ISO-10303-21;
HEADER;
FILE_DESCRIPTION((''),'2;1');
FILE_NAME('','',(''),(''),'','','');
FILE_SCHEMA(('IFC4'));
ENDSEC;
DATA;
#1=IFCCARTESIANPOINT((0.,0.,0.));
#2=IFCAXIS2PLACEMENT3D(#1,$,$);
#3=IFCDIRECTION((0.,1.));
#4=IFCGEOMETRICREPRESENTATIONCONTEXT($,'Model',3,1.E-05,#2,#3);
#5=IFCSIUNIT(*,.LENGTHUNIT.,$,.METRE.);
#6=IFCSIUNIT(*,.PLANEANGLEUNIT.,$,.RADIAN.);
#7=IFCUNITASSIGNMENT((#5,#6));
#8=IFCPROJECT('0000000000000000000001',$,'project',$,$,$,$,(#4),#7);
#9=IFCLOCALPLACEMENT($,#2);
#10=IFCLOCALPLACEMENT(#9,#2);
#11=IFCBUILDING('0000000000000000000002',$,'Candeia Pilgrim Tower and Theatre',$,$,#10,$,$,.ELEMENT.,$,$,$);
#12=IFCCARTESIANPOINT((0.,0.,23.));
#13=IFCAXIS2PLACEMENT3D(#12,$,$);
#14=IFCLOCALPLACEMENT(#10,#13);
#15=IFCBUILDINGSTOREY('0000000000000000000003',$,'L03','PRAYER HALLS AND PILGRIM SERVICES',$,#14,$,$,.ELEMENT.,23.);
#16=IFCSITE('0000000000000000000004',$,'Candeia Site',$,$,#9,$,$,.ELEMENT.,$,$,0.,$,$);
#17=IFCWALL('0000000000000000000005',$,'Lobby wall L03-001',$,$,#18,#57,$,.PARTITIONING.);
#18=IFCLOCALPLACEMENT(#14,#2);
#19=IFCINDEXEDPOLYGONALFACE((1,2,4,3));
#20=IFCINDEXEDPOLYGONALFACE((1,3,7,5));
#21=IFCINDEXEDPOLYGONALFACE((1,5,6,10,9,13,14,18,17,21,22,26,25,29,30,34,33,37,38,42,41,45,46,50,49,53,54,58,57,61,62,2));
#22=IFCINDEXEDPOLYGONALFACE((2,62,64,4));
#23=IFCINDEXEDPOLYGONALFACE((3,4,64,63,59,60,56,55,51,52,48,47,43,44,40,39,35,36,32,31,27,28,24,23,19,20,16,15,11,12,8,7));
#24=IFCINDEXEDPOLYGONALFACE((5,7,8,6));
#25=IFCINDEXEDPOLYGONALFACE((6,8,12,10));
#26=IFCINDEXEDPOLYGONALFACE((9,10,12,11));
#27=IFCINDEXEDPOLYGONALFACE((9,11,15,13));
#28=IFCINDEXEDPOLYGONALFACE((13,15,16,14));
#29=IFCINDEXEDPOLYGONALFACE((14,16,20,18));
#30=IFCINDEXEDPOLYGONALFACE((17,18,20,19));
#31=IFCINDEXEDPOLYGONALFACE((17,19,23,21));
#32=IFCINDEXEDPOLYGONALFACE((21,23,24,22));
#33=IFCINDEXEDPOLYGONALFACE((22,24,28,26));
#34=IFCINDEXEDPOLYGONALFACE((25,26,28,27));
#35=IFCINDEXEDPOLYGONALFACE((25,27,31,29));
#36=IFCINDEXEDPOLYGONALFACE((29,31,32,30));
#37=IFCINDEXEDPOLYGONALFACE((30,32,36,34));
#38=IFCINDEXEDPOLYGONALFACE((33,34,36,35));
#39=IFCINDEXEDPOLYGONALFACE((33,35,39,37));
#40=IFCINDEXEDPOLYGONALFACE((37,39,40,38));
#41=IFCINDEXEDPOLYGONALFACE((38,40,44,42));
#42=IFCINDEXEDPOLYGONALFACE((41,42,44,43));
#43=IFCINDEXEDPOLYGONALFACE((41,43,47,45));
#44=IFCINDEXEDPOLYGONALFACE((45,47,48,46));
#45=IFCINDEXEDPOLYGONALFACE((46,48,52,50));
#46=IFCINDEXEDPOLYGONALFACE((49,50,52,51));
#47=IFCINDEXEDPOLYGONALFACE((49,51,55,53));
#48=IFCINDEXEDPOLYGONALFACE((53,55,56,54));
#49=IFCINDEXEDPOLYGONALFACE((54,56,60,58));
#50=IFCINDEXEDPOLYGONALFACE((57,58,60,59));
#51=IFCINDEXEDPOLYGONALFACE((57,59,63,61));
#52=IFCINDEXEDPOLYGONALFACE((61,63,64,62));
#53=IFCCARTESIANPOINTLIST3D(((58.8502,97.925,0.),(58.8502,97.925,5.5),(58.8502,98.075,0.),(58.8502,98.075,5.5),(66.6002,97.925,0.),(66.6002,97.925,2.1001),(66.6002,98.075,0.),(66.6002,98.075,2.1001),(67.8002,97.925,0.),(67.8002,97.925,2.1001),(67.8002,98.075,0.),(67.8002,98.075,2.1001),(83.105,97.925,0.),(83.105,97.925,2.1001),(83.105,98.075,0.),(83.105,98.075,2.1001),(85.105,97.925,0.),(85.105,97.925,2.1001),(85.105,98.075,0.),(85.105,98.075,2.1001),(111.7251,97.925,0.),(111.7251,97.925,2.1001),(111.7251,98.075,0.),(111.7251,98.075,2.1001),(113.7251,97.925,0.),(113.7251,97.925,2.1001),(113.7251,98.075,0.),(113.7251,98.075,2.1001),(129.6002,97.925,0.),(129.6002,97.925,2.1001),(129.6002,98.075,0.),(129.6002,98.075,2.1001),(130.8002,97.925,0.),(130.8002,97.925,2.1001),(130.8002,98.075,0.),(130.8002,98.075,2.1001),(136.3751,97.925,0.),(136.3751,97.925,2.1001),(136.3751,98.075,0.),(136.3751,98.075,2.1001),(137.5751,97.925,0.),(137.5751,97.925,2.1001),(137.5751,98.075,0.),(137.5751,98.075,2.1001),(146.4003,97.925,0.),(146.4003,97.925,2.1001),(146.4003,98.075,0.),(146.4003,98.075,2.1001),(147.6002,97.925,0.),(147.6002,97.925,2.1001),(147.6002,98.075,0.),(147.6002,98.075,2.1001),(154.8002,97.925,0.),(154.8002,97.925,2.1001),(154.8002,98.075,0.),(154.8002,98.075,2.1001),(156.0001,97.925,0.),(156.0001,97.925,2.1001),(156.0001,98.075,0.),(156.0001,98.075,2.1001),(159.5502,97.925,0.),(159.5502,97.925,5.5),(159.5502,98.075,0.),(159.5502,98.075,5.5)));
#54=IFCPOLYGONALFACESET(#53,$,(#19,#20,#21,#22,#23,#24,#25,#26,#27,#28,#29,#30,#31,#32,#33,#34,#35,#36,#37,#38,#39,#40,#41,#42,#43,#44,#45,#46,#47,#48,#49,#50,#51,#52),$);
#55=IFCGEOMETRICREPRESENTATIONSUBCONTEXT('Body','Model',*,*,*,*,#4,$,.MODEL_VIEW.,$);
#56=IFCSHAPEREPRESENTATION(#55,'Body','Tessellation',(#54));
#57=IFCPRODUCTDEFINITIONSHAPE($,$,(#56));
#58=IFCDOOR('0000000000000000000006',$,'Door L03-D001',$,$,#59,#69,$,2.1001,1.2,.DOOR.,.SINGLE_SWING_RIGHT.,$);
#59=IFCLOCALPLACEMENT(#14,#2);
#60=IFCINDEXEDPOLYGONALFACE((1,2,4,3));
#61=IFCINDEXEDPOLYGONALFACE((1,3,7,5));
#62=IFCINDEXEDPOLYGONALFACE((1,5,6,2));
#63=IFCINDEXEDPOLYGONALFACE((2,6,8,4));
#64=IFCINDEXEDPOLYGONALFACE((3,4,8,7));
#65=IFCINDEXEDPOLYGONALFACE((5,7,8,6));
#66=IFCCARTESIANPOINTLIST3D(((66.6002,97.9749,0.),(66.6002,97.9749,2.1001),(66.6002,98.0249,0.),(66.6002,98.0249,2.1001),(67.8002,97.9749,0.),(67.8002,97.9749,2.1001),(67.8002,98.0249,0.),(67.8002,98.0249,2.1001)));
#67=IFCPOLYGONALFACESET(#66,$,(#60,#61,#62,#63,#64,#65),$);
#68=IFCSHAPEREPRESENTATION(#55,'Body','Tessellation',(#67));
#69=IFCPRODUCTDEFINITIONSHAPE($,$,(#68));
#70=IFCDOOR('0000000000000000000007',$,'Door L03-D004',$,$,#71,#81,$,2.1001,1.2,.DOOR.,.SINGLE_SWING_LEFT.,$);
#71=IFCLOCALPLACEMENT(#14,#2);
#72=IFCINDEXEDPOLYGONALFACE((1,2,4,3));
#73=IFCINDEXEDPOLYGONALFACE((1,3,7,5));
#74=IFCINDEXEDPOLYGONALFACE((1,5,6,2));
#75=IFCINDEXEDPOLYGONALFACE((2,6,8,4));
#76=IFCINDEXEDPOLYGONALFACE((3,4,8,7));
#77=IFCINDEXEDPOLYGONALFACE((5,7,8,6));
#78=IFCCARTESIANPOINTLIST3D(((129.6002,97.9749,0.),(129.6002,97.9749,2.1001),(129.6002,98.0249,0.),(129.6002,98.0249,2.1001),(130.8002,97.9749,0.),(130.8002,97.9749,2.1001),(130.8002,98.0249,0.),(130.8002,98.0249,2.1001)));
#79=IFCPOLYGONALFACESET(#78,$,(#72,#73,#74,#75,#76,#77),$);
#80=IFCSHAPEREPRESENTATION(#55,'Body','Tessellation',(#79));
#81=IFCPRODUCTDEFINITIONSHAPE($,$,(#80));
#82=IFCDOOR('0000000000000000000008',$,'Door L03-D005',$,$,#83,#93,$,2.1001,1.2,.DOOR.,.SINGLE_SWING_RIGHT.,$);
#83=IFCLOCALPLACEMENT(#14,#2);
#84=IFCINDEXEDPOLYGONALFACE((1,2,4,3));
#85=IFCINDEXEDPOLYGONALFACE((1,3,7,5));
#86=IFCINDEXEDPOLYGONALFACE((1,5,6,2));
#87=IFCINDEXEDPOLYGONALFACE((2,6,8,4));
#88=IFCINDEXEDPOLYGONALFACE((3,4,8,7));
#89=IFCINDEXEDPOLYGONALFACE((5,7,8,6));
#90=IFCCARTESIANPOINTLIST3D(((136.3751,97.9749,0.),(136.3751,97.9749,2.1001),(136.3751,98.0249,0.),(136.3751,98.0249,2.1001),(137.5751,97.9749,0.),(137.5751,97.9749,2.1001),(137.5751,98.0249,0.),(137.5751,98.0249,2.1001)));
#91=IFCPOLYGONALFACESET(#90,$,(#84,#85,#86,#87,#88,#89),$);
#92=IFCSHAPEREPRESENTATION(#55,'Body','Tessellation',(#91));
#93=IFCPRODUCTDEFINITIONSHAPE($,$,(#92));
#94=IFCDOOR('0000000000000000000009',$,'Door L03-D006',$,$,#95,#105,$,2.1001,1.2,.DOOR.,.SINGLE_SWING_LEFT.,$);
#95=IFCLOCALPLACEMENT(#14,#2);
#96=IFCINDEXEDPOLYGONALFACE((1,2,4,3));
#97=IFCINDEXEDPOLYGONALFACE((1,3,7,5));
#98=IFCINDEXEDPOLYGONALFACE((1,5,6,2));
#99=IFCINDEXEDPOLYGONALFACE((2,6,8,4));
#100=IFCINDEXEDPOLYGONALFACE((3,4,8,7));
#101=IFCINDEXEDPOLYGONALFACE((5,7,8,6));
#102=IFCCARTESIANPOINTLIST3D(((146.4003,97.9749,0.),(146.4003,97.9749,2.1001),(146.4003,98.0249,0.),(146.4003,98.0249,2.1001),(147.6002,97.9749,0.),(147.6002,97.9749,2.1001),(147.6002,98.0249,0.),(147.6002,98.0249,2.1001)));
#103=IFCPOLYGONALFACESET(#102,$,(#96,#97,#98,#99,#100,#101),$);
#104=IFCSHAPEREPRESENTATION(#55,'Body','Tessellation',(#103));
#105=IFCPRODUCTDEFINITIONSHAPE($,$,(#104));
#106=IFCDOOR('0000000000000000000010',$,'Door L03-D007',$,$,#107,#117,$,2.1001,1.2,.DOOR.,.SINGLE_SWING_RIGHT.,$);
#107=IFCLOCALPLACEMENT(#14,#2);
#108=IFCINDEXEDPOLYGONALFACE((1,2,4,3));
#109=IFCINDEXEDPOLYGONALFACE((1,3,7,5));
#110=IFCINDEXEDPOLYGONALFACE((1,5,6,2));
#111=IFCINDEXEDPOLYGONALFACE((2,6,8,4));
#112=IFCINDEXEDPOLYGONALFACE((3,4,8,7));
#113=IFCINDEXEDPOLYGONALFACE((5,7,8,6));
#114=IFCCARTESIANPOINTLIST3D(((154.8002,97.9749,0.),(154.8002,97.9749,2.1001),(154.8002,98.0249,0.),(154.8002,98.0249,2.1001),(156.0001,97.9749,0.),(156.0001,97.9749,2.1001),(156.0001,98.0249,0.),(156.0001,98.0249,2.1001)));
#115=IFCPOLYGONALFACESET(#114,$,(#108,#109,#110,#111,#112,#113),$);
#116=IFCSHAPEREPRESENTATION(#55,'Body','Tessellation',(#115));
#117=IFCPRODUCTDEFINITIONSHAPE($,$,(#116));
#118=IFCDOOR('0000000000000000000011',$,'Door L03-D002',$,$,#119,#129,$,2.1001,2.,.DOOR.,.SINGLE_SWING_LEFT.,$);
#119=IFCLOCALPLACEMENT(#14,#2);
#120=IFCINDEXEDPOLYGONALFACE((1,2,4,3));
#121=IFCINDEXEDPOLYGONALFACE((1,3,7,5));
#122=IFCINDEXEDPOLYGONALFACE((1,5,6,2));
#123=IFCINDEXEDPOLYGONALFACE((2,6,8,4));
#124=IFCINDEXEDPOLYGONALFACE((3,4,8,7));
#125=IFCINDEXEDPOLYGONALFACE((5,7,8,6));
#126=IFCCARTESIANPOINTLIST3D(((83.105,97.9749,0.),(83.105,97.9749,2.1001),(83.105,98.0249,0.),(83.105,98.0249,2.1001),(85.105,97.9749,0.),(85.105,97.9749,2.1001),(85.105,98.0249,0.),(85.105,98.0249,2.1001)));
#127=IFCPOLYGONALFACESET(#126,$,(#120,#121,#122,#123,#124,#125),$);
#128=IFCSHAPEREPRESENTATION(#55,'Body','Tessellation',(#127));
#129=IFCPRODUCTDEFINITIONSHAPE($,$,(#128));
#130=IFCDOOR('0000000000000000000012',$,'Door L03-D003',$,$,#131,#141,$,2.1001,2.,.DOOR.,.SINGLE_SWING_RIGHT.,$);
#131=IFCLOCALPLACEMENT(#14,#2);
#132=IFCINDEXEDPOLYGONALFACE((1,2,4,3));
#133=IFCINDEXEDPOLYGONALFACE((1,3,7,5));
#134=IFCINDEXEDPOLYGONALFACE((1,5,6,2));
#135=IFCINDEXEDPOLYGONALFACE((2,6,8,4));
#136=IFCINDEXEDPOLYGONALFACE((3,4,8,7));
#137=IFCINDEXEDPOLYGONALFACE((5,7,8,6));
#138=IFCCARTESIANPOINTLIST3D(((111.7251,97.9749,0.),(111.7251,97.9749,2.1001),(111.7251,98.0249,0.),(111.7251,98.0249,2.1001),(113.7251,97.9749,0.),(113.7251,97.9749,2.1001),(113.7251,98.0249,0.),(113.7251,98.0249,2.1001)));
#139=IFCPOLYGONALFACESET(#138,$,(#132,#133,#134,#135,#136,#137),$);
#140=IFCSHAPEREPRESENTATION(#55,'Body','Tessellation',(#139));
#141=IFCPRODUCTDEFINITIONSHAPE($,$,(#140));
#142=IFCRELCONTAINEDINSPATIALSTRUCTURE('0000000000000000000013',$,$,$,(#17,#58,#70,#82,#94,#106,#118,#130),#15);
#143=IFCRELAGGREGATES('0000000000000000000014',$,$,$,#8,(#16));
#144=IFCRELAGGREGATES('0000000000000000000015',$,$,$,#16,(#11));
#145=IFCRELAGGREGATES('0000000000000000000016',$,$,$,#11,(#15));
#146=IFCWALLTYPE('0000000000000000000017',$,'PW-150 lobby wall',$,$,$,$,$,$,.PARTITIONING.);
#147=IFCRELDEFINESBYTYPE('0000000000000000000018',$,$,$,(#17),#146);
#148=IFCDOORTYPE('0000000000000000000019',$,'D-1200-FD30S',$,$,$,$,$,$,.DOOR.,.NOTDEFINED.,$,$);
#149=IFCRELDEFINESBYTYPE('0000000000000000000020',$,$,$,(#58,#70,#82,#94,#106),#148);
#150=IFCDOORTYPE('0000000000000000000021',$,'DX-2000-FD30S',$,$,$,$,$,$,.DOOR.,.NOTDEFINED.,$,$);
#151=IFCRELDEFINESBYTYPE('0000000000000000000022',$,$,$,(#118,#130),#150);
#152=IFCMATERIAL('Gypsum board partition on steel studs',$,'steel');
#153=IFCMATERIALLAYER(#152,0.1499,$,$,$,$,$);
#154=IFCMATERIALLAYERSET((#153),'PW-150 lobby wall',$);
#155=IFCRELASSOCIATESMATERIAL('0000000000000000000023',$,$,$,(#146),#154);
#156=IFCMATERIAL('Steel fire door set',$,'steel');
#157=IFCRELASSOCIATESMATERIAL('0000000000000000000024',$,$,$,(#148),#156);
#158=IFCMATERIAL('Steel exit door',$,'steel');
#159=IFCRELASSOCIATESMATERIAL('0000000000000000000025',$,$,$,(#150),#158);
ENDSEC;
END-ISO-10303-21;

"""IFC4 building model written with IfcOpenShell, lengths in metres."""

from ifc_helpers import new_model, si_unit, direction, frame, frame_2d, origin, place, context, subcontext, project, spatial, rectangle, extrude, material, layer, layer_set, type_object, element, fill, save


model = new_model("IFC4")

# Units and contexts
model_context = context("Model", 3, precision=1e-05, world=origin(), true_north=direction((0.0, 1.0)))
body_context = subcontext(model_context, "Body", "Model", "MODEL_VIEW")
ifc_project = project(units=[si_unit("LENGTHUNIT", "METRE"), si_unit("PLANEANGLEUNIT", "RADIAN")], contexts=[model_context])

# Site, building, storey
site_placement = place(None, origin())
site = spatial("IfcSite", under=ifc_project, at=site_placement, Name="Candeia Site", CompositionType="ELEMENT", RefElevation=0.0)
building_placement = place(site_placement, origin())
building = spatial("IfcBuilding", under=site, at=building_placement, Name="Candeia Pilgrim Tower and Theatre", CompositionType="ELEMENT")
storey_placement = place(building_placement, frame((0.0, 0.0, 23.0)))
storey = spatial("IfcBuildingStorey", under=building, at=storey_placement, Name="L03", Description="PRAYER HALLS AND PILGRIM SERVICES", CompositionType="ELEMENT", Elevation=23.0)

# Wall, openings, doors
ifc_material_1 = material(Name="Gypsum board partition on steel studs", Category="steel")
ifc_layer_1 = layer(ifc_material_1, 0.1499)
ifc_layer_set_1 = layer_set([ifc_layer_1], Name="PW-150 lobby wall")
wall_type_1 = type_object("IfcWallType", Name="PW-150 lobby wall", PredefinedType="PARTITIONING", material=ifc_layer_set_1)
wall_1_placement = place(storey_placement, frame((58.8501, 98.0, 0.0), z_axis=(0.0, 0.0, 1.0), x_axis=(1.0, 0.0, 0.0)))
wall_1 = element("IfcWall", 1, at=wall_1_placement, inside=storey, type_object=wall_type_1, Name="Lobby wall L03-001", PredefinedType="PARTITIONING", context=body_context, shape_type="SweptSolid", body=[
    extrude(rectangle(XDim=100.7, YDim=0.1499, at=frame_2d((50.3501, 0.0))), origin(), (0.0, 0.0, 1.0), 5.5),
])
opening_1_placement = place(wall_1_placement, frame((7.75, 0.0, 0.0)))
opening_1 = element("IfcOpeningElement", 2, at=opening_1_placement, cuts=wall_1, PredefinedType="OPENING", context=body_context, shape_type="SweptSolid", body=[
    extrude(rectangle(XDim=1.2, YDim=2.1001, at=frame_2d((0.6001, 1.05))), frame((0.0, 0.085, 0.0), z_axis=(0.0, -1.0, 0.0), x_axis=(1.0, 0.0, 0.0)), (0.0, 0.0, 1.0), 0.1699),
])
opening_2_placement = place(wall_1_placement, frame((24.2549, 0.0, 0.0)))
opening_2 = element("IfcOpeningElement", 3, at=opening_2_placement, cuts=wall_1, PredefinedType="OPENING", context=body_context, shape_type="SweptSolid", body=[
    extrude(rectangle(XDim=2.0, YDim=2.1001, at=frame_2d((1.0, 1.05))), frame((0.0, 0.085, 0.0), z_axis=(0.0, -1.0, 0.0), x_axis=(1.0, 0.0, 0.0)), (0.0, 0.0, 1.0), 0.1699),
])
opening_3_placement = place(wall_1_placement, frame((52.875, 0.0, 0.0)))
opening_3 = element("IfcOpeningElement", 4, at=opening_3_placement, cuts=wall_1, PredefinedType="OPENING", context=body_context, shape_type="SweptSolid", body=[
    extrude(rectangle(XDim=2.0, YDim=2.1001, at=frame_2d((1.0, 1.05))), frame((0.0, 0.085, 0.0), z_axis=(0.0, -1.0, 0.0), x_axis=(1.0, 0.0, 0.0)), (0.0, 0.0, 1.0), 0.1699),
])
opening_4_placement = place(wall_1_placement, frame((70.75, 0.0, 0.0)))
opening_4 = element("IfcOpeningElement", 5, at=opening_4_placement, cuts=wall_1, PredefinedType="OPENING", context=body_context, shape_type="SweptSolid", body=[
    extrude(rectangle(XDim=1.2, YDim=2.1001, at=frame_2d((0.6001, 1.05))), frame((0.0, 0.085, 0.0), z_axis=(0.0, -1.0, 0.0), x_axis=(1.0, 0.0, 0.0)), (0.0, 0.0, 1.0), 0.1699),
])
opening_5_placement = place(wall_1_placement, frame((77.5249, 0.0, 0.0)))
opening_5 = element("IfcOpeningElement", 6, at=opening_5_placement, cuts=wall_1, PredefinedType="OPENING", context=body_context, shape_type="SweptSolid", body=[
    extrude(rectangle(XDim=1.2, YDim=2.1001, at=frame_2d((0.6001, 1.05))), frame((0.0, 0.085, 0.0), z_axis=(0.0, -1.0, 0.0), x_axis=(1.0, 0.0, 0.0)), (0.0, 0.0, 1.0), 0.1699),
])
opening_6_placement = place(wall_1_placement, frame((87.55, 0.0, 0.0)))
opening_6 = element("IfcOpeningElement", 7, at=opening_6_placement, cuts=wall_1, PredefinedType="OPENING", context=body_context, shape_type="SweptSolid", body=[
    extrude(rectangle(XDim=1.2, YDim=2.1001, at=frame_2d((0.6001, 1.05))), frame((0.0, 0.085, 0.0), z_axis=(0.0, -1.0, 0.0), x_axis=(1.0, 0.0, 0.0)), (0.0, 0.0, 1.0), 0.1699),
])
opening_7_placement = place(wall_1_placement, frame((95.95, 0.0, 0.0)))
opening_7 = element("IfcOpeningElement", 8, at=opening_7_placement, cuts=wall_1, PredefinedType="OPENING", context=body_context, shape_type="SweptSolid", body=[
    extrude(rectangle(XDim=1.2, YDim=2.1001, at=frame_2d((0.6001, 1.05))), frame((0.0, 0.085, 0.0), z_axis=(0.0, -1.0, 0.0), x_axis=(1.0, 0.0, 0.0)), (0.0, 0.0, 1.0), 0.1699),
])
ifc_material_2 = material(Name="Steel fire door set", Category="steel")
door_type_1 = type_object("IfcDoorType", Name="D-1200-FD30S", OperationType="NOTDEFINED", PredefinedType="DOOR", material=ifc_material_2)
door_1_placement = place(opening_1_placement, origin())
door_1 = element("IfcDoor", 9, at=door_1_placement, inside=storey, type_object=door_type_1, Name="Door L03-D001", OperationType="SINGLE_SWING_RIGHT", OverallHeight=2.1001, OverallWidth=1.2, PredefinedType="DOOR", context=body_context, shape_type="SweptSolid", body=[
    extrude(rectangle(XDim=1.2, YDim=2.1001, at=frame_2d((0.6001, 1.05))), frame((0.0, 0.0249, 0.0), z_axis=(0.0, -1.0, 0.0), x_axis=(1.0, 0.0, 0.0)), (0.0, 0.0, 1.0), 0.05),
])
fill(opening_1, door_1)
door_2_placement = place(opening_4_placement, origin())
door_2 = element("IfcDoor", 10, at=door_2_placement, inside=storey, type_object=door_type_1, Name="Door L03-D004", OperationType="SINGLE_SWING_LEFT", OverallHeight=2.1001, OverallWidth=1.2, PredefinedType="DOOR", context=body_context, shape_type="SweptSolid", body=[
    extrude(rectangle(XDim=1.2, YDim=2.1001, at=frame_2d((0.6001, 1.05))), frame((0.0, 0.0249, 0.0), z_axis=(0.0, -1.0, 0.0), x_axis=(1.0, 0.0, 0.0)), (0.0, 0.0, 1.0), 0.05),
])
fill(opening_4, door_2)
door_3_placement = place(opening_5_placement, origin())
door_3 = element("IfcDoor", 11, at=door_3_placement, inside=storey, type_object=door_type_1, Name="Door L03-D005", OperationType="SINGLE_SWING_RIGHT", OverallHeight=2.1001, OverallWidth=1.2, PredefinedType="DOOR", context=body_context, shape_type="SweptSolid", body=[
    extrude(rectangle(XDim=1.2, YDim=2.1001, at=frame_2d((0.6001, 1.05))), frame((0.0, 0.0249, 0.0), z_axis=(0.0, -1.0, 0.0), x_axis=(1.0, 0.0, 0.0)), (0.0, 0.0, 1.0), 0.05),
])
fill(opening_5, door_3)
door_4_placement = place(opening_6_placement, origin())
door_4 = element("IfcDoor", 12, at=door_4_placement, inside=storey, type_object=door_type_1, Name="Door L03-D006", OperationType="SINGLE_SWING_LEFT", OverallHeight=2.1001, OverallWidth=1.2, PredefinedType="DOOR", context=body_context, shape_type="SweptSolid", body=[
    extrude(rectangle(XDim=1.2, YDim=2.1001, at=frame_2d((0.6001, 1.05))), frame((0.0, 0.0249, 0.0), z_axis=(0.0, -1.0, 0.0), x_axis=(1.0, 0.0, 0.0)), (0.0, 0.0, 1.0), 0.05),
])
fill(opening_6, door_4)
door_5_placement = place(opening_7_placement, origin())
door_5 = element("IfcDoor", 13, at=door_5_placement, inside=storey, type_object=door_type_1, Name="Door L03-D007", OperationType="SINGLE_SWING_RIGHT", OverallHeight=2.1001, OverallWidth=1.2, PredefinedType="DOOR", context=body_context, shape_type="SweptSolid", body=[
    extrude(rectangle(XDim=1.2, YDim=2.1001, at=frame_2d((0.6001, 1.05))), frame((0.0, 0.0249, 0.0), z_axis=(0.0, -1.0, 0.0), x_axis=(1.0, 0.0, 0.0)), (0.0, 0.0, 1.0), 0.05),
])
fill(opening_7, door_5)
ifc_material_3 = material(Name="Steel exit door", Category="steel")
door_type_2 = type_object("IfcDoorType", Name="DX-2000-FD30S", OperationType="NOTDEFINED", PredefinedType="DOOR", material=ifc_material_3)
door_6_placement = place(opening_2_placement, origin())
door_6 = element("IfcDoor", 14, at=door_6_placement, inside=storey, type_object=door_type_2, Name="Door L03-D002", OperationType="SINGLE_SWING_LEFT", OverallHeight=2.1001, OverallWidth=2.0, PredefinedType="DOOR", context=body_context, shape_type="SweptSolid", body=[
    extrude(rectangle(XDim=2.0, YDim=2.1001, at=frame_2d((1.0, 1.05))), frame((0.0, 0.0249, 0.0), z_axis=(0.0, -1.0, 0.0), x_axis=(1.0, 0.0, 0.0)), (0.0, 0.0, 1.0), 0.05),
])
fill(opening_2, door_6)
door_7_placement = place(opening_3_placement, origin())
door_7 = element("IfcDoor", 15, at=door_7_placement, inside=storey, type_object=door_type_2, Name="Door L03-D003", OperationType="SINGLE_SWING_RIGHT", OverallHeight=2.1001, OverallWidth=2.0, PredefinedType="DOOR", context=body_context, shape_type="SweptSolid", body=[
    extrude(rectangle(XDim=2.0, YDim=2.1001, at=frame_2d((1.0, 1.05))), frame((0.0, 0.0249, 0.0), z_axis=(0.0, -1.0, 0.0), x_axis=(1.0, 0.0, 0.0)), (0.0, 0.0, 1.0), 0.05),
])
fill(opening_3, door_7)

save(model, "model.ifc")
